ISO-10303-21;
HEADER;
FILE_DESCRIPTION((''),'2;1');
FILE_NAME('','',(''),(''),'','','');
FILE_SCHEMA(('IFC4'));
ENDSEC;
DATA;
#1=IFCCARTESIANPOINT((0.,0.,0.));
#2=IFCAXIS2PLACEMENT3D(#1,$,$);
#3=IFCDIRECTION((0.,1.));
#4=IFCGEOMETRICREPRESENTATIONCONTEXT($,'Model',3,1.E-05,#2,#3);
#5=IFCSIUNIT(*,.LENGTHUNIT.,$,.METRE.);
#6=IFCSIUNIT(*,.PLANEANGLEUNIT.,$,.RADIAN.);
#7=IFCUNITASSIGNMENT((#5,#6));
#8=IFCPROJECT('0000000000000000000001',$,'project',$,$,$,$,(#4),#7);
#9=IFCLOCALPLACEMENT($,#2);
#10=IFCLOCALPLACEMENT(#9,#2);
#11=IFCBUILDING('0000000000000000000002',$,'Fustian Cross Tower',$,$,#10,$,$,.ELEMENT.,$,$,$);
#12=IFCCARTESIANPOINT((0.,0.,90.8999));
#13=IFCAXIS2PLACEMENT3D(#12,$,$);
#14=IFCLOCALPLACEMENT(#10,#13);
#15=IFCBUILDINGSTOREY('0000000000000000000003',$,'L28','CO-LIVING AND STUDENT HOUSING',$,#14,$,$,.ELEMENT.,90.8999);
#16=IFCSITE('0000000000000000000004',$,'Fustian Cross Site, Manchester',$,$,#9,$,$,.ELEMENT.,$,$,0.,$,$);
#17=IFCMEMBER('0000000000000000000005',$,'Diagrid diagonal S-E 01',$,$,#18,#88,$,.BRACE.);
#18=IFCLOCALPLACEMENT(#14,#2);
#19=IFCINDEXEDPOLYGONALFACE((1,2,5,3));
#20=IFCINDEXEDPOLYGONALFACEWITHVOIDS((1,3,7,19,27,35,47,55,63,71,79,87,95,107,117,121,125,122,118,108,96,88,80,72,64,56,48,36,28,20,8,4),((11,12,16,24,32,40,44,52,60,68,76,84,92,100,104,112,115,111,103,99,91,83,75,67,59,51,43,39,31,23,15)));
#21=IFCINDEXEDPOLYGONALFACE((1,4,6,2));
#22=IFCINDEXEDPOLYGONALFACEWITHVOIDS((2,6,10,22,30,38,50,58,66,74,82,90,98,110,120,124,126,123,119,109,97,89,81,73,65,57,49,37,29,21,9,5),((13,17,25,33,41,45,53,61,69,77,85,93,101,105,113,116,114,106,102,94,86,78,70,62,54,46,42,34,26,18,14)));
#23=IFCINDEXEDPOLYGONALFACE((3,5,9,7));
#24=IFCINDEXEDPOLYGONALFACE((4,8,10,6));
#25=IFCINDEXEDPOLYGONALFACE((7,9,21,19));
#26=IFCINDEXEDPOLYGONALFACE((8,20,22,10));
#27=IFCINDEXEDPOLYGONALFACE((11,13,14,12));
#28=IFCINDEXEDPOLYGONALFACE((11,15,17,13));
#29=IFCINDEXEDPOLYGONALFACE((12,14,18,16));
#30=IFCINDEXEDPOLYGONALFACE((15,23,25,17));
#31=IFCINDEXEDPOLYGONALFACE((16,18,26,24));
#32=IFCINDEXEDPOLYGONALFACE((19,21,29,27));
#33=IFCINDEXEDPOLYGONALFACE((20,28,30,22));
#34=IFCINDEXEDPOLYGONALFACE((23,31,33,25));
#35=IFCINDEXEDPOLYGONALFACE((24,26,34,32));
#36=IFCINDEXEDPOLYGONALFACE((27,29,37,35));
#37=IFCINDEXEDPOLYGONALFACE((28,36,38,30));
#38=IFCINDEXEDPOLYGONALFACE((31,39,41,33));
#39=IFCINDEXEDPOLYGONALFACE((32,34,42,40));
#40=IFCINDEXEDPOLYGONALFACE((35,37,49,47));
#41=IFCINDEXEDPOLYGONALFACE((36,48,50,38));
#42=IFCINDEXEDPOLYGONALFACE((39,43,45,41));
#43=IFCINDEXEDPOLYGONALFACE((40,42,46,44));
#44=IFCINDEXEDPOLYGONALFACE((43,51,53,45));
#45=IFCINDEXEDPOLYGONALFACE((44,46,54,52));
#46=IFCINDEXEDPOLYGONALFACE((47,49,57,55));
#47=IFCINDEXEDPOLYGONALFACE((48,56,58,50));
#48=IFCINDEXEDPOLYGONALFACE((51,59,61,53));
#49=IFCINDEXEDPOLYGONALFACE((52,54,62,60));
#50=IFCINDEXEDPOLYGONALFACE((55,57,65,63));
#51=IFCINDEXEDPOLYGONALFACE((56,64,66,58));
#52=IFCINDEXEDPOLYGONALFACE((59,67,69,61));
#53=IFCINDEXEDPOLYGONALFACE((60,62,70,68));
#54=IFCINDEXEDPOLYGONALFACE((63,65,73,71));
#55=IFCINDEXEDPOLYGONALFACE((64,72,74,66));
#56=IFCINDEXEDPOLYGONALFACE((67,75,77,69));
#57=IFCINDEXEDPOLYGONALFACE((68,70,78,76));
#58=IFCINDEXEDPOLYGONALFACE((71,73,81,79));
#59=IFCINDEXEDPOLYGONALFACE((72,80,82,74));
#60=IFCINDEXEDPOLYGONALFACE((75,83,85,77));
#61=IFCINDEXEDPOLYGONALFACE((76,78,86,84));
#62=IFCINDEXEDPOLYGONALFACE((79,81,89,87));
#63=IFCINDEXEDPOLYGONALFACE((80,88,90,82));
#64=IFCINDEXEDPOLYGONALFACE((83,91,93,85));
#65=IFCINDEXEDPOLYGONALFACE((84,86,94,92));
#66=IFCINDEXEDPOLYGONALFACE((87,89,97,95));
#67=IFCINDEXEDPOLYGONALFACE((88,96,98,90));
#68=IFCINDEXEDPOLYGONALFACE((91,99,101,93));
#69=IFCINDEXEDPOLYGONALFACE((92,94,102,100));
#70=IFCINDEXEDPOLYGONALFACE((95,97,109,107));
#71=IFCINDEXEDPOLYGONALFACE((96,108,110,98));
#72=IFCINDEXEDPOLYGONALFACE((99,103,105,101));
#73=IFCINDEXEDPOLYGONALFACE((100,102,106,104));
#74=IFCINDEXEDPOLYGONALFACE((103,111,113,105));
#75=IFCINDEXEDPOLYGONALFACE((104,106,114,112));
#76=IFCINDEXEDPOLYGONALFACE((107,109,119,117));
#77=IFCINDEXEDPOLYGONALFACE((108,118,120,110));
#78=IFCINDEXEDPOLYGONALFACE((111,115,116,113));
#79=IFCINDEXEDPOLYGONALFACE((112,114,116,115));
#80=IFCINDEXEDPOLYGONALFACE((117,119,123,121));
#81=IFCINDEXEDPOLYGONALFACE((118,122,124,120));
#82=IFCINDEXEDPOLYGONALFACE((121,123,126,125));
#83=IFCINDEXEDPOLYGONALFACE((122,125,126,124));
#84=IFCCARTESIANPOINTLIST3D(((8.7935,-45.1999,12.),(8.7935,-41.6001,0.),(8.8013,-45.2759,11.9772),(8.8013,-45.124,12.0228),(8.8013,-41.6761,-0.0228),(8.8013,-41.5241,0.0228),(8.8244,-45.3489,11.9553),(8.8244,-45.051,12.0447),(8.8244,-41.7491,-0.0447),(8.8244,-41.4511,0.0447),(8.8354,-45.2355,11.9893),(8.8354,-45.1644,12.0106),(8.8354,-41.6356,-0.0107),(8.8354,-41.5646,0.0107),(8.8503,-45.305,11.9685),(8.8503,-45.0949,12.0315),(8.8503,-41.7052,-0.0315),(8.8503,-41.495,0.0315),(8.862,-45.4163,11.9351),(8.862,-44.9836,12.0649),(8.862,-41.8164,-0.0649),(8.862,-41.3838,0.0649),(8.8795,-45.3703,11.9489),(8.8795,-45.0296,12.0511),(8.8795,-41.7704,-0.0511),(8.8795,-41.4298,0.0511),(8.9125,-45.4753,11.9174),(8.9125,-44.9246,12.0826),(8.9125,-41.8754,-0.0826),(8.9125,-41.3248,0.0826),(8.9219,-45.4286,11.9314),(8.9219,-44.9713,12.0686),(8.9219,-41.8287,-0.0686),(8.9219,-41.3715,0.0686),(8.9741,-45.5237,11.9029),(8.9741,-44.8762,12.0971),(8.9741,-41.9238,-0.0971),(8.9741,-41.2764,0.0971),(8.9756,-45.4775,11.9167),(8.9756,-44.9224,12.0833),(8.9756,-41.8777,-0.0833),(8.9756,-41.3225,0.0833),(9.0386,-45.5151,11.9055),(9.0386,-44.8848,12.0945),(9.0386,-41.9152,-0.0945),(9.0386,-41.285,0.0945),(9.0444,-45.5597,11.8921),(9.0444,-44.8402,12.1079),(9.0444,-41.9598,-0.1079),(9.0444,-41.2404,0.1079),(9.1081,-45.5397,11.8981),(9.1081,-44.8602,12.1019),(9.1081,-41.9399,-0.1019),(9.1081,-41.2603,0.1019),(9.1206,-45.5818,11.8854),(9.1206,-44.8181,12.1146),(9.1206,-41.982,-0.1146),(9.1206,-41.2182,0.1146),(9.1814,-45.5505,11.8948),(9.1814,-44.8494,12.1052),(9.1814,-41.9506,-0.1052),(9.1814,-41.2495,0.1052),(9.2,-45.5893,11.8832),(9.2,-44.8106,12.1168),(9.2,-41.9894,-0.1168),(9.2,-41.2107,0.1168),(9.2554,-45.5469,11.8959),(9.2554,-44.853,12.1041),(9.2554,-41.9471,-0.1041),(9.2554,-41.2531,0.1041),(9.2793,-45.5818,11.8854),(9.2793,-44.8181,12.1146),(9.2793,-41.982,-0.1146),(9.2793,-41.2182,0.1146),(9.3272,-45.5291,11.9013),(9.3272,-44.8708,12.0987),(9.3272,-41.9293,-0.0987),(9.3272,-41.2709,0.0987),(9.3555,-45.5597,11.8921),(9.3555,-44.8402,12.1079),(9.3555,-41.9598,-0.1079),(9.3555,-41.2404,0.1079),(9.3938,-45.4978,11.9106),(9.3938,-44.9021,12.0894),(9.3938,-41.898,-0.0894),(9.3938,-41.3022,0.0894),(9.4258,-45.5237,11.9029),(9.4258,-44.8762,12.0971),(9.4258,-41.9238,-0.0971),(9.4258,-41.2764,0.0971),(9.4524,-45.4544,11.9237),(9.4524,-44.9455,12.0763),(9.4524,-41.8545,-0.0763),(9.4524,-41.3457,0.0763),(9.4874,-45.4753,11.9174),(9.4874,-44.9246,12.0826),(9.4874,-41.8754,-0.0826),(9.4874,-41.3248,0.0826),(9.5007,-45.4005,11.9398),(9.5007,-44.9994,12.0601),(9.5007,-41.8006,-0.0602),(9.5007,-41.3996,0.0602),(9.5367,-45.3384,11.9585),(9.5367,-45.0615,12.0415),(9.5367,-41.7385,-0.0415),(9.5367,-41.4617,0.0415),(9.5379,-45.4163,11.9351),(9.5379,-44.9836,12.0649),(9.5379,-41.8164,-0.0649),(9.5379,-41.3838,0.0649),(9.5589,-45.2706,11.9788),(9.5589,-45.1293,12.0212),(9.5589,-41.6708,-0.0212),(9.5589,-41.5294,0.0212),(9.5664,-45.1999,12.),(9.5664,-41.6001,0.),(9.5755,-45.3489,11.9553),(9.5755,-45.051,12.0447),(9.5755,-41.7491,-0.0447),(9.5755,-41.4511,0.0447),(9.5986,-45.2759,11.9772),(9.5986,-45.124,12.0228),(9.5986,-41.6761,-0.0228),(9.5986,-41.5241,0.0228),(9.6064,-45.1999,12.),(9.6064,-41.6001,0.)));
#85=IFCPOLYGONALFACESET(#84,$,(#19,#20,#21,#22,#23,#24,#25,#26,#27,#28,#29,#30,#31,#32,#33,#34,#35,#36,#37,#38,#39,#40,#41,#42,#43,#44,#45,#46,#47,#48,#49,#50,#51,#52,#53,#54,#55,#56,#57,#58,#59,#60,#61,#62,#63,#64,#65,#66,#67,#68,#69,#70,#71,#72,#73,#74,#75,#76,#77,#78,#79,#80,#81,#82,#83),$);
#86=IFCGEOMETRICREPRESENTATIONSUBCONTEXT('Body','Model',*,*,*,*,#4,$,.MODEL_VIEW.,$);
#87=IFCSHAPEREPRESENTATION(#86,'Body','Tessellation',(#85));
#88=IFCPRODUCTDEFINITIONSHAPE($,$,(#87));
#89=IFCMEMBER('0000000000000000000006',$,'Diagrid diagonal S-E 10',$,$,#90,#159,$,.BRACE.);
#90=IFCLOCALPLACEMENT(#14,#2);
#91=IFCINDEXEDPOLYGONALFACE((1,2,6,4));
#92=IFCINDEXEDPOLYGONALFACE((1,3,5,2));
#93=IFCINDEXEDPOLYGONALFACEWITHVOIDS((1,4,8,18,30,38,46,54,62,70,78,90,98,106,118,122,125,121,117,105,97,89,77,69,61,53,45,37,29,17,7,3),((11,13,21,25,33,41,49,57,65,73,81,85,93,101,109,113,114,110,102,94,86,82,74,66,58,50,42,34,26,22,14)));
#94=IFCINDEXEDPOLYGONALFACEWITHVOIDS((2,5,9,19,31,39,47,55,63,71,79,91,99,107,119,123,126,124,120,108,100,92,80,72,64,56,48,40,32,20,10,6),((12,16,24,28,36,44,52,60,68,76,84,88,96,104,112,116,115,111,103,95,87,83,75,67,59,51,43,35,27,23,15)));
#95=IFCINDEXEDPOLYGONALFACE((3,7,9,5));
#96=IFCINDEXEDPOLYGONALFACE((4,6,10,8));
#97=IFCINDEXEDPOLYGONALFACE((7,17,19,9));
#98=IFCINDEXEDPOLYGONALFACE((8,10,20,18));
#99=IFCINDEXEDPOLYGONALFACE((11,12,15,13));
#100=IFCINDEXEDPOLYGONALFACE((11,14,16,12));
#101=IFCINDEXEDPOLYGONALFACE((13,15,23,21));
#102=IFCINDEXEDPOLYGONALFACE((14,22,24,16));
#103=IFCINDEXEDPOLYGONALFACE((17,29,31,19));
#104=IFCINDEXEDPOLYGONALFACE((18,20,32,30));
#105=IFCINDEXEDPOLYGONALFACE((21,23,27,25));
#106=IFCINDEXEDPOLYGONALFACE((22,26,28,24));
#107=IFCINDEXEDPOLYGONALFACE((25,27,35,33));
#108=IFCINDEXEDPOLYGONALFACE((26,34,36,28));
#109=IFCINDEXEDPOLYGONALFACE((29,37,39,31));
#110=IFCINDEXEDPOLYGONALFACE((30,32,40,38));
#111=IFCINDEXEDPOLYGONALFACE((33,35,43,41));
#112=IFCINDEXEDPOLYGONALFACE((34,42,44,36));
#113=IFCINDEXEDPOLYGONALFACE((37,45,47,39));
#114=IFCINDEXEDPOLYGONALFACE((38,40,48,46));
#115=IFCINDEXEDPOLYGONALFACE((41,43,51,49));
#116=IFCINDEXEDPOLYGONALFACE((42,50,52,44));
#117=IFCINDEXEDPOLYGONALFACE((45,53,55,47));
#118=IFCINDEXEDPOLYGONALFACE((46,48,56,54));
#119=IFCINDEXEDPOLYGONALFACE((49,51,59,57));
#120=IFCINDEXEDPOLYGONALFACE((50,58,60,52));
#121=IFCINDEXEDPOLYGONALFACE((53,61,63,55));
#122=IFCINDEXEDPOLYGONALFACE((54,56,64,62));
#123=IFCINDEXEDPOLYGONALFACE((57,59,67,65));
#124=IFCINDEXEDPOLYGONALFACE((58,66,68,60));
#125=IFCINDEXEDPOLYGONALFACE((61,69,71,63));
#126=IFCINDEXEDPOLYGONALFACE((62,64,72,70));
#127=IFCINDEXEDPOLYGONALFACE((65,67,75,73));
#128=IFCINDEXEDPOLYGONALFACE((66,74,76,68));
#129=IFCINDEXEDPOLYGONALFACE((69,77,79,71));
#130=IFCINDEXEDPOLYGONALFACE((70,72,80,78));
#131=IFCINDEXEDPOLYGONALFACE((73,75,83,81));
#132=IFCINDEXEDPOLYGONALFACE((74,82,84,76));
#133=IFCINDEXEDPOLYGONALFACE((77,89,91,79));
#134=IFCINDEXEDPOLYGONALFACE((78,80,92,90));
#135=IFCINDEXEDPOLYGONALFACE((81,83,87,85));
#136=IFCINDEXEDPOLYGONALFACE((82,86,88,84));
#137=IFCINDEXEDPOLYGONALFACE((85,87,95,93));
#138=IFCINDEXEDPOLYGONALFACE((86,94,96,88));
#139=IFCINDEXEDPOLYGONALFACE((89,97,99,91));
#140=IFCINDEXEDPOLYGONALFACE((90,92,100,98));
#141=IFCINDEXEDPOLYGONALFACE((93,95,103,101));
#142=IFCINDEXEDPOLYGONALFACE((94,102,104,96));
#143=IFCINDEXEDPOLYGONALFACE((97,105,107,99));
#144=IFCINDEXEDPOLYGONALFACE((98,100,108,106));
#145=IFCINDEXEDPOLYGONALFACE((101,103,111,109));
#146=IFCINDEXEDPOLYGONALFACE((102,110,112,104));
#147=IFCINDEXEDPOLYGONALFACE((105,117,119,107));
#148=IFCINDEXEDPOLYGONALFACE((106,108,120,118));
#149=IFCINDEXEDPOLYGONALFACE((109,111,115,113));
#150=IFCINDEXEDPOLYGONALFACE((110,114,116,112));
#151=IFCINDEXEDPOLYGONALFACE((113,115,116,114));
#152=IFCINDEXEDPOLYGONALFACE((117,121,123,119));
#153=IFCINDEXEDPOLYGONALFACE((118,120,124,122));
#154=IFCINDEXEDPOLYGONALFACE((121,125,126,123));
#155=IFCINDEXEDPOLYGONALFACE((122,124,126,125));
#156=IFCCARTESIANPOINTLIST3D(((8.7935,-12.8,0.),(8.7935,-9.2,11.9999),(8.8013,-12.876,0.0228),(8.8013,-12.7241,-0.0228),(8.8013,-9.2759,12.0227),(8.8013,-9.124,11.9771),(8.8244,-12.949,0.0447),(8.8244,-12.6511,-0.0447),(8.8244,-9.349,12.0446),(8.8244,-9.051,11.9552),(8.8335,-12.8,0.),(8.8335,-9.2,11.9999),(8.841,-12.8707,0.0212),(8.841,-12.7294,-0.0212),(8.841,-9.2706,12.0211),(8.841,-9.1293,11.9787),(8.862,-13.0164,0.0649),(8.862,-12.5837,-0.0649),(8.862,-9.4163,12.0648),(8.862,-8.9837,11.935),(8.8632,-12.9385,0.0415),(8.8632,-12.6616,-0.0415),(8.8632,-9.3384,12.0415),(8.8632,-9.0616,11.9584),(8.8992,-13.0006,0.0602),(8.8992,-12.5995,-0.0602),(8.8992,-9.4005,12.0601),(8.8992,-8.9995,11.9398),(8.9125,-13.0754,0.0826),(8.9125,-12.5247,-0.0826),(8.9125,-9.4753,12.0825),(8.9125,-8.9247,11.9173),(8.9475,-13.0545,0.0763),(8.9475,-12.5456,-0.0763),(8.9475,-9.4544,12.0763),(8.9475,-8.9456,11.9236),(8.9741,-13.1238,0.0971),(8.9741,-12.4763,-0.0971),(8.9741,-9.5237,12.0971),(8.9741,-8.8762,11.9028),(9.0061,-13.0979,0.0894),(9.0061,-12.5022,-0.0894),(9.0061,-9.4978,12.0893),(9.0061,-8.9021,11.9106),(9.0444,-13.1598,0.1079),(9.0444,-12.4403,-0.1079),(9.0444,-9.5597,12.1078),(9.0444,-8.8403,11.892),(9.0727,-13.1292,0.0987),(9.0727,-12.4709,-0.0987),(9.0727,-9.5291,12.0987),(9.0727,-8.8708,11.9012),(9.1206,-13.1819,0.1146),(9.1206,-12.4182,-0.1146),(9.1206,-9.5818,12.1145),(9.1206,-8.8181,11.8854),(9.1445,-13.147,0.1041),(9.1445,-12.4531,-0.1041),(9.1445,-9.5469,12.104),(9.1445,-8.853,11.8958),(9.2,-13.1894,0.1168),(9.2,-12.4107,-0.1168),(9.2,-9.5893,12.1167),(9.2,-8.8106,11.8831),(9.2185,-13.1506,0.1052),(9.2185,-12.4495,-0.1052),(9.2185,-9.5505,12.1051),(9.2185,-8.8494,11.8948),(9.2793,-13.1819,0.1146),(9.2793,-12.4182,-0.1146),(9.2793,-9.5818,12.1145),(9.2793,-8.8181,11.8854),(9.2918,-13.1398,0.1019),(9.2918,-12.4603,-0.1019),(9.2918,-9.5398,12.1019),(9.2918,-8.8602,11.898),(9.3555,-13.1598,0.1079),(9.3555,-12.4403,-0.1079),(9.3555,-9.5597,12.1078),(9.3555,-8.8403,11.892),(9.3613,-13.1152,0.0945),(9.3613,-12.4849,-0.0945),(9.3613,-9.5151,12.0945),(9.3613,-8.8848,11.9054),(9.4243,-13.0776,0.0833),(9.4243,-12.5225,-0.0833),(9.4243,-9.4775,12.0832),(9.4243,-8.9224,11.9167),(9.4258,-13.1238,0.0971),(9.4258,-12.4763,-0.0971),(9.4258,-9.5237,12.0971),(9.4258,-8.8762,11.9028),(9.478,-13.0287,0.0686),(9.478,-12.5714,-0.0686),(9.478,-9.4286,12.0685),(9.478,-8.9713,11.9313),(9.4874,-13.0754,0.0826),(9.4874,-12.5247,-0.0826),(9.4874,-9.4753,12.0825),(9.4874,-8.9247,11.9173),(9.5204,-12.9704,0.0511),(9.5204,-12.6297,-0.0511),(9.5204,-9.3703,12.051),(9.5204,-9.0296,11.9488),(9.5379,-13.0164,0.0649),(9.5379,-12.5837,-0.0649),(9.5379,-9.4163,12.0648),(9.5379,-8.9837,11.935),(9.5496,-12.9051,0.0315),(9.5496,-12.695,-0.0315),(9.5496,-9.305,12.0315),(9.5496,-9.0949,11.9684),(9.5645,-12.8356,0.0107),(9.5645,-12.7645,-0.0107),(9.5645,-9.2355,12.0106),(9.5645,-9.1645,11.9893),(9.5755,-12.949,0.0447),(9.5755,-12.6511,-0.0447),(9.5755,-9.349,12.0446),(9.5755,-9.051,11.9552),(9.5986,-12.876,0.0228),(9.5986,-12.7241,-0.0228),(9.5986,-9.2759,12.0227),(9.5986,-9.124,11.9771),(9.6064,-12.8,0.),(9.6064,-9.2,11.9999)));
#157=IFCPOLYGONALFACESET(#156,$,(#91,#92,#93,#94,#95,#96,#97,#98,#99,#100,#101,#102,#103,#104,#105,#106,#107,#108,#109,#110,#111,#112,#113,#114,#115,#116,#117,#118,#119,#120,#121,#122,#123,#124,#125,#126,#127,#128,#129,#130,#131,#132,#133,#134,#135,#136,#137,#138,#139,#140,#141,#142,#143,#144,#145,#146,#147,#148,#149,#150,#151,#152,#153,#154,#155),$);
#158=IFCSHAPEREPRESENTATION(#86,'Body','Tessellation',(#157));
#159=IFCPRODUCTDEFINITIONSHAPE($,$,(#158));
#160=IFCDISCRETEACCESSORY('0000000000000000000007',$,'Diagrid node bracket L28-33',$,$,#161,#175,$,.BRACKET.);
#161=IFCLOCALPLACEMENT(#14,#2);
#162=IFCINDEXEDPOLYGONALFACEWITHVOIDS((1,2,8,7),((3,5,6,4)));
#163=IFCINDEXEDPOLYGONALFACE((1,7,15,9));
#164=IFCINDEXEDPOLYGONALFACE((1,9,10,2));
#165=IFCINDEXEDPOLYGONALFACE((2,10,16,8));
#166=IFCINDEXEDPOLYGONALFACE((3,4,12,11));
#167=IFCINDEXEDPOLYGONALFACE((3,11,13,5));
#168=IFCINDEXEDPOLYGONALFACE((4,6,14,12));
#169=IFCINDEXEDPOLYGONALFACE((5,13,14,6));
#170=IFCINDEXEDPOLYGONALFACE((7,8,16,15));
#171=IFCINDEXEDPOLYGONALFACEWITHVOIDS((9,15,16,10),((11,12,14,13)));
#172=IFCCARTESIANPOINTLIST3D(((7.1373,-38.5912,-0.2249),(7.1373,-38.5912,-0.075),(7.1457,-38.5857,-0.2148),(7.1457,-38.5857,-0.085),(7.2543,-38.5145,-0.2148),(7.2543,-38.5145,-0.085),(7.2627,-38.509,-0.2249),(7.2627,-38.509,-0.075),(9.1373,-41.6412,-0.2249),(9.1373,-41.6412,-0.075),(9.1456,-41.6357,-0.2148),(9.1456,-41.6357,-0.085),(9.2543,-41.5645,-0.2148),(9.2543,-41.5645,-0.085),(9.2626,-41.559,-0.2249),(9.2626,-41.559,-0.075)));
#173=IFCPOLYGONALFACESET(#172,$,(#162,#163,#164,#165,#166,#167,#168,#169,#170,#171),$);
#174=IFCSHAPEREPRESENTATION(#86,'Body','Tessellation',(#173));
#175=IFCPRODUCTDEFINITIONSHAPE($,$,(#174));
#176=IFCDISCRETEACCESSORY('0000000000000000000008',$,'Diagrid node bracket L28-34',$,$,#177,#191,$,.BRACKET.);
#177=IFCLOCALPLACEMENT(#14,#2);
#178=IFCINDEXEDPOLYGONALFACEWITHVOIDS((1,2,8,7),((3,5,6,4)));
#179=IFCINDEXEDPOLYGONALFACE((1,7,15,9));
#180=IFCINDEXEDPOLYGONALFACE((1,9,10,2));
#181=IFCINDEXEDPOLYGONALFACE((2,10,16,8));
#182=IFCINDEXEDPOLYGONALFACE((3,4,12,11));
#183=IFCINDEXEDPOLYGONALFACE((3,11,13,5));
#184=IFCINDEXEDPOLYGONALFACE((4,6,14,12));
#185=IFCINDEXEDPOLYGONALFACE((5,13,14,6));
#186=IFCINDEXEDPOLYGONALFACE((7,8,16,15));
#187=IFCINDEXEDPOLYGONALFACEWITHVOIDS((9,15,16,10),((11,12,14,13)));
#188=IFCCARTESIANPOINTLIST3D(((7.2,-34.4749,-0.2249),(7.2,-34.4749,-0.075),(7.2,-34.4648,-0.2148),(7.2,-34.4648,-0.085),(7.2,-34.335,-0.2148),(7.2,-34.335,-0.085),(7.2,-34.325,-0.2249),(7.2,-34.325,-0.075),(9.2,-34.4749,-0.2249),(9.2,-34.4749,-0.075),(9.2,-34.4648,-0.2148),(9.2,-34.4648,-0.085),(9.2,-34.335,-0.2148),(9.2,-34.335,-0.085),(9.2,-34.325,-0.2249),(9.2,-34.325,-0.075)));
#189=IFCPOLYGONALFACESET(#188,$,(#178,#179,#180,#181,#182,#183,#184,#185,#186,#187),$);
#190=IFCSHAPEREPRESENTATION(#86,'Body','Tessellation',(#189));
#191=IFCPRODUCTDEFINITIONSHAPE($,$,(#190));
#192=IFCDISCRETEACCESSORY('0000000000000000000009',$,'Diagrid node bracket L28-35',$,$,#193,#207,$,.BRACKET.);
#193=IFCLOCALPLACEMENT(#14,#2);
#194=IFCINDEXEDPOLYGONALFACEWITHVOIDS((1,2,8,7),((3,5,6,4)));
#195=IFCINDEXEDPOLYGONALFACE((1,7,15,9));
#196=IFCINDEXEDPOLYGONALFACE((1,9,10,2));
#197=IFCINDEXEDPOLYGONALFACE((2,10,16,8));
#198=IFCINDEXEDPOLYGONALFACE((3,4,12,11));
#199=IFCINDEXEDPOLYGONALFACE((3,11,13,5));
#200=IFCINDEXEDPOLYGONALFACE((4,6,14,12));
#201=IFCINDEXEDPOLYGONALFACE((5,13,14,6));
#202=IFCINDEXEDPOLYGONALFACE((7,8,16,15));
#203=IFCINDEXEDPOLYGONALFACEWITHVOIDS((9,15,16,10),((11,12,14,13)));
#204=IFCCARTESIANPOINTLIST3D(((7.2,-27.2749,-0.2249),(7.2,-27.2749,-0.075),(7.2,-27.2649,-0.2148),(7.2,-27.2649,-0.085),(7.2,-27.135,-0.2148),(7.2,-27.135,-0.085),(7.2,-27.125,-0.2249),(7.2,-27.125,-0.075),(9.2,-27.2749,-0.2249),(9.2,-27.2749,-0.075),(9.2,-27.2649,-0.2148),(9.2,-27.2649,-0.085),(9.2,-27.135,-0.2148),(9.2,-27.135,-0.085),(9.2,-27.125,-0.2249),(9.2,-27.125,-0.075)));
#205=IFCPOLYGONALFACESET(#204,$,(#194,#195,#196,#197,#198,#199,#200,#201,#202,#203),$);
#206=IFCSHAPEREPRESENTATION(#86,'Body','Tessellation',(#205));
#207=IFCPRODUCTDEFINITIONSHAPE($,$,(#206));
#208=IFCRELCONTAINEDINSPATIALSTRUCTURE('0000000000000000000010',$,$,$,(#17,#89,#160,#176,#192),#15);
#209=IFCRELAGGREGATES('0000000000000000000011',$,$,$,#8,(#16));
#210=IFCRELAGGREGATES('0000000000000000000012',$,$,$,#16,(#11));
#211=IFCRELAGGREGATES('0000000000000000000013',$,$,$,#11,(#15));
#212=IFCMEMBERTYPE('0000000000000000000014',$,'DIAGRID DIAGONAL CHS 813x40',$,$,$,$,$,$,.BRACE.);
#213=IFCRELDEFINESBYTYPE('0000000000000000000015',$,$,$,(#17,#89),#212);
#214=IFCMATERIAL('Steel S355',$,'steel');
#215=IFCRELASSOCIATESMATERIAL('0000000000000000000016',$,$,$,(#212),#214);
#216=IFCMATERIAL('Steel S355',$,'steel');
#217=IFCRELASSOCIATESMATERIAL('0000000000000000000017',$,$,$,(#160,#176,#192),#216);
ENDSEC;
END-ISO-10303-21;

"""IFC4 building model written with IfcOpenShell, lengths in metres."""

from ifc_helpers import new_model, si_unit, direction, frame, origin, origin_2d, place, context, subcontext, project, spatial, hollow_rectangle, hollow_circle, extrude, material, material_profile, profile_set, type_object, element, save


model = new_model("IFC4")

# Units and contexts
model_context = context("Model", 3, precision=1e-05, world=origin(), true_north=direction((0.0, 1.0)))
body_context = subcontext(model_context, "Body", "Model", "MODEL_VIEW")
ifc_project = project(units=[si_unit("LENGTHUNIT", "METRE"), si_unit("PLANEANGLEUNIT", "RADIAN")], contexts=[model_context])

# Site, building, storey
site_placement = place(None, origin())
site = spatial("IfcSite", under=ifc_project, at=site_placement, Name="Fustian Cross Site, Manchester", CompositionType="ELEMENT", RefElevation=0.0)
building_placement = place(site_placement, origin())
building = spatial("IfcBuilding", under=site, at=building_placement, Name="Fustian Cross Tower", CompositionType="ELEMENT")
storey_placement = place(building_placement, frame((0.0, 0.0, 90.8999)))
storey = spatial("IfcBuildingStorey", under=building, at=storey_placement, Name="L28", Description="CO-LIVING AND STUDENT HOUSING", CompositionType="ELEMENT", Elevation=90.8999)

# Members
ifc_material_1 = material(Name="Steel S355", Category="steel")
ifc_material_profile_1 = material_profile(ifc_material_1, hollow_circle(Radius=0.4065, WallThickness=0.04, at=origin_2d()), Name="CHS 813x40")
ifc_profile_set_1 = profile_set([ifc_material_profile_1], Name="Steel S355")
member_type_1 = type_object("IfcMemberType", Name="DIAGRID DIAGONAL CHS 813x40", PredefinedType="BRACE", material=ifc_profile_set_1)
for number, where, z_axis, x_axis, name in (
    (1, (9.2, -41.6001, 0.0), (0.0, -0.287337, 0.95783), (1.0, 0.0, 0.0), "Diagrid diagonal S-E 01"),
    (2, (9.2, -12.8, 0.0), (0.0, 0.287355, 0.957824), (-1.0, 0.0, 0.0), "Diagrid diagonal S-E 10"),
):
    element("IfcMember", number, at=place(storey_placement, frame(where, z_axis=z_axis, x_axis=x_axis)), inside=storey, type_object=member_type_1, Name=name, PredefinedType="BRACE", context=body_context, shape_type="SweptSolid", body=[
        extrude(hollow_circle(Radius=0.4065, WallThickness=0.04, at=origin_2d()), origin(), (0.0, 0.0, 1.0), 12.5283),
    ])

# Discrete accessories
ifc_material_2 = material(Name="Steel S355", Category="steel")
discrete_accessory_1_placement = place(storey_placement, frame((9.2, -41.6001, -0.1499), z_axis=(-0.548351, 0.836248, 0.0), x_axis=(-0.836248, -0.548351, 0.0)))
element("IfcDiscreteAccessory", 3, at=discrete_accessory_1_placement, inside=storey, material=ifc_material_2, Name="Diagrid node bracket L28-33", PredefinedType="BRACKET", context=body_context, shape_type="SweptSolid", body=[
    extrude(hollow_rectangle(XDim=0.1499, YDim=0.1499, WallThickness=0.01, at=origin_2d()), origin(), (0.0, 0.0, 1.0), 3.6472),
])
for number, where, z_axis, x_axis, name in (
    (4, (9.2, -34.3999, -0.1499), (-1.0, 0.0, 0.0), (0.0, -1.0, 0.0), "Diagrid node bracket L28-34"),
    (5, (9.2, -27.2, -0.1499), (-1.0, 0.0, 0.0), (0.0, -1.0, 0.0), "Diagrid node bracket L28-35"),
):
    element("IfcDiscreteAccessory", number, at=place(storey_placement, frame(where, z_axis=z_axis, x_axis=x_axis)), inside=storey, material=ifc_material_2, Name=name, PredefinedType="BRACKET", context=body_context, shape_type="SweptSolid", body=[
        extrude(hollow_rectangle(XDim=0.1499, YDim=0.1499, WallThickness=0.01, at=origin_2d()), origin(), (0.0, 0.0, 1.0), 2.0),
    ])

save(model, "model.ifc")
